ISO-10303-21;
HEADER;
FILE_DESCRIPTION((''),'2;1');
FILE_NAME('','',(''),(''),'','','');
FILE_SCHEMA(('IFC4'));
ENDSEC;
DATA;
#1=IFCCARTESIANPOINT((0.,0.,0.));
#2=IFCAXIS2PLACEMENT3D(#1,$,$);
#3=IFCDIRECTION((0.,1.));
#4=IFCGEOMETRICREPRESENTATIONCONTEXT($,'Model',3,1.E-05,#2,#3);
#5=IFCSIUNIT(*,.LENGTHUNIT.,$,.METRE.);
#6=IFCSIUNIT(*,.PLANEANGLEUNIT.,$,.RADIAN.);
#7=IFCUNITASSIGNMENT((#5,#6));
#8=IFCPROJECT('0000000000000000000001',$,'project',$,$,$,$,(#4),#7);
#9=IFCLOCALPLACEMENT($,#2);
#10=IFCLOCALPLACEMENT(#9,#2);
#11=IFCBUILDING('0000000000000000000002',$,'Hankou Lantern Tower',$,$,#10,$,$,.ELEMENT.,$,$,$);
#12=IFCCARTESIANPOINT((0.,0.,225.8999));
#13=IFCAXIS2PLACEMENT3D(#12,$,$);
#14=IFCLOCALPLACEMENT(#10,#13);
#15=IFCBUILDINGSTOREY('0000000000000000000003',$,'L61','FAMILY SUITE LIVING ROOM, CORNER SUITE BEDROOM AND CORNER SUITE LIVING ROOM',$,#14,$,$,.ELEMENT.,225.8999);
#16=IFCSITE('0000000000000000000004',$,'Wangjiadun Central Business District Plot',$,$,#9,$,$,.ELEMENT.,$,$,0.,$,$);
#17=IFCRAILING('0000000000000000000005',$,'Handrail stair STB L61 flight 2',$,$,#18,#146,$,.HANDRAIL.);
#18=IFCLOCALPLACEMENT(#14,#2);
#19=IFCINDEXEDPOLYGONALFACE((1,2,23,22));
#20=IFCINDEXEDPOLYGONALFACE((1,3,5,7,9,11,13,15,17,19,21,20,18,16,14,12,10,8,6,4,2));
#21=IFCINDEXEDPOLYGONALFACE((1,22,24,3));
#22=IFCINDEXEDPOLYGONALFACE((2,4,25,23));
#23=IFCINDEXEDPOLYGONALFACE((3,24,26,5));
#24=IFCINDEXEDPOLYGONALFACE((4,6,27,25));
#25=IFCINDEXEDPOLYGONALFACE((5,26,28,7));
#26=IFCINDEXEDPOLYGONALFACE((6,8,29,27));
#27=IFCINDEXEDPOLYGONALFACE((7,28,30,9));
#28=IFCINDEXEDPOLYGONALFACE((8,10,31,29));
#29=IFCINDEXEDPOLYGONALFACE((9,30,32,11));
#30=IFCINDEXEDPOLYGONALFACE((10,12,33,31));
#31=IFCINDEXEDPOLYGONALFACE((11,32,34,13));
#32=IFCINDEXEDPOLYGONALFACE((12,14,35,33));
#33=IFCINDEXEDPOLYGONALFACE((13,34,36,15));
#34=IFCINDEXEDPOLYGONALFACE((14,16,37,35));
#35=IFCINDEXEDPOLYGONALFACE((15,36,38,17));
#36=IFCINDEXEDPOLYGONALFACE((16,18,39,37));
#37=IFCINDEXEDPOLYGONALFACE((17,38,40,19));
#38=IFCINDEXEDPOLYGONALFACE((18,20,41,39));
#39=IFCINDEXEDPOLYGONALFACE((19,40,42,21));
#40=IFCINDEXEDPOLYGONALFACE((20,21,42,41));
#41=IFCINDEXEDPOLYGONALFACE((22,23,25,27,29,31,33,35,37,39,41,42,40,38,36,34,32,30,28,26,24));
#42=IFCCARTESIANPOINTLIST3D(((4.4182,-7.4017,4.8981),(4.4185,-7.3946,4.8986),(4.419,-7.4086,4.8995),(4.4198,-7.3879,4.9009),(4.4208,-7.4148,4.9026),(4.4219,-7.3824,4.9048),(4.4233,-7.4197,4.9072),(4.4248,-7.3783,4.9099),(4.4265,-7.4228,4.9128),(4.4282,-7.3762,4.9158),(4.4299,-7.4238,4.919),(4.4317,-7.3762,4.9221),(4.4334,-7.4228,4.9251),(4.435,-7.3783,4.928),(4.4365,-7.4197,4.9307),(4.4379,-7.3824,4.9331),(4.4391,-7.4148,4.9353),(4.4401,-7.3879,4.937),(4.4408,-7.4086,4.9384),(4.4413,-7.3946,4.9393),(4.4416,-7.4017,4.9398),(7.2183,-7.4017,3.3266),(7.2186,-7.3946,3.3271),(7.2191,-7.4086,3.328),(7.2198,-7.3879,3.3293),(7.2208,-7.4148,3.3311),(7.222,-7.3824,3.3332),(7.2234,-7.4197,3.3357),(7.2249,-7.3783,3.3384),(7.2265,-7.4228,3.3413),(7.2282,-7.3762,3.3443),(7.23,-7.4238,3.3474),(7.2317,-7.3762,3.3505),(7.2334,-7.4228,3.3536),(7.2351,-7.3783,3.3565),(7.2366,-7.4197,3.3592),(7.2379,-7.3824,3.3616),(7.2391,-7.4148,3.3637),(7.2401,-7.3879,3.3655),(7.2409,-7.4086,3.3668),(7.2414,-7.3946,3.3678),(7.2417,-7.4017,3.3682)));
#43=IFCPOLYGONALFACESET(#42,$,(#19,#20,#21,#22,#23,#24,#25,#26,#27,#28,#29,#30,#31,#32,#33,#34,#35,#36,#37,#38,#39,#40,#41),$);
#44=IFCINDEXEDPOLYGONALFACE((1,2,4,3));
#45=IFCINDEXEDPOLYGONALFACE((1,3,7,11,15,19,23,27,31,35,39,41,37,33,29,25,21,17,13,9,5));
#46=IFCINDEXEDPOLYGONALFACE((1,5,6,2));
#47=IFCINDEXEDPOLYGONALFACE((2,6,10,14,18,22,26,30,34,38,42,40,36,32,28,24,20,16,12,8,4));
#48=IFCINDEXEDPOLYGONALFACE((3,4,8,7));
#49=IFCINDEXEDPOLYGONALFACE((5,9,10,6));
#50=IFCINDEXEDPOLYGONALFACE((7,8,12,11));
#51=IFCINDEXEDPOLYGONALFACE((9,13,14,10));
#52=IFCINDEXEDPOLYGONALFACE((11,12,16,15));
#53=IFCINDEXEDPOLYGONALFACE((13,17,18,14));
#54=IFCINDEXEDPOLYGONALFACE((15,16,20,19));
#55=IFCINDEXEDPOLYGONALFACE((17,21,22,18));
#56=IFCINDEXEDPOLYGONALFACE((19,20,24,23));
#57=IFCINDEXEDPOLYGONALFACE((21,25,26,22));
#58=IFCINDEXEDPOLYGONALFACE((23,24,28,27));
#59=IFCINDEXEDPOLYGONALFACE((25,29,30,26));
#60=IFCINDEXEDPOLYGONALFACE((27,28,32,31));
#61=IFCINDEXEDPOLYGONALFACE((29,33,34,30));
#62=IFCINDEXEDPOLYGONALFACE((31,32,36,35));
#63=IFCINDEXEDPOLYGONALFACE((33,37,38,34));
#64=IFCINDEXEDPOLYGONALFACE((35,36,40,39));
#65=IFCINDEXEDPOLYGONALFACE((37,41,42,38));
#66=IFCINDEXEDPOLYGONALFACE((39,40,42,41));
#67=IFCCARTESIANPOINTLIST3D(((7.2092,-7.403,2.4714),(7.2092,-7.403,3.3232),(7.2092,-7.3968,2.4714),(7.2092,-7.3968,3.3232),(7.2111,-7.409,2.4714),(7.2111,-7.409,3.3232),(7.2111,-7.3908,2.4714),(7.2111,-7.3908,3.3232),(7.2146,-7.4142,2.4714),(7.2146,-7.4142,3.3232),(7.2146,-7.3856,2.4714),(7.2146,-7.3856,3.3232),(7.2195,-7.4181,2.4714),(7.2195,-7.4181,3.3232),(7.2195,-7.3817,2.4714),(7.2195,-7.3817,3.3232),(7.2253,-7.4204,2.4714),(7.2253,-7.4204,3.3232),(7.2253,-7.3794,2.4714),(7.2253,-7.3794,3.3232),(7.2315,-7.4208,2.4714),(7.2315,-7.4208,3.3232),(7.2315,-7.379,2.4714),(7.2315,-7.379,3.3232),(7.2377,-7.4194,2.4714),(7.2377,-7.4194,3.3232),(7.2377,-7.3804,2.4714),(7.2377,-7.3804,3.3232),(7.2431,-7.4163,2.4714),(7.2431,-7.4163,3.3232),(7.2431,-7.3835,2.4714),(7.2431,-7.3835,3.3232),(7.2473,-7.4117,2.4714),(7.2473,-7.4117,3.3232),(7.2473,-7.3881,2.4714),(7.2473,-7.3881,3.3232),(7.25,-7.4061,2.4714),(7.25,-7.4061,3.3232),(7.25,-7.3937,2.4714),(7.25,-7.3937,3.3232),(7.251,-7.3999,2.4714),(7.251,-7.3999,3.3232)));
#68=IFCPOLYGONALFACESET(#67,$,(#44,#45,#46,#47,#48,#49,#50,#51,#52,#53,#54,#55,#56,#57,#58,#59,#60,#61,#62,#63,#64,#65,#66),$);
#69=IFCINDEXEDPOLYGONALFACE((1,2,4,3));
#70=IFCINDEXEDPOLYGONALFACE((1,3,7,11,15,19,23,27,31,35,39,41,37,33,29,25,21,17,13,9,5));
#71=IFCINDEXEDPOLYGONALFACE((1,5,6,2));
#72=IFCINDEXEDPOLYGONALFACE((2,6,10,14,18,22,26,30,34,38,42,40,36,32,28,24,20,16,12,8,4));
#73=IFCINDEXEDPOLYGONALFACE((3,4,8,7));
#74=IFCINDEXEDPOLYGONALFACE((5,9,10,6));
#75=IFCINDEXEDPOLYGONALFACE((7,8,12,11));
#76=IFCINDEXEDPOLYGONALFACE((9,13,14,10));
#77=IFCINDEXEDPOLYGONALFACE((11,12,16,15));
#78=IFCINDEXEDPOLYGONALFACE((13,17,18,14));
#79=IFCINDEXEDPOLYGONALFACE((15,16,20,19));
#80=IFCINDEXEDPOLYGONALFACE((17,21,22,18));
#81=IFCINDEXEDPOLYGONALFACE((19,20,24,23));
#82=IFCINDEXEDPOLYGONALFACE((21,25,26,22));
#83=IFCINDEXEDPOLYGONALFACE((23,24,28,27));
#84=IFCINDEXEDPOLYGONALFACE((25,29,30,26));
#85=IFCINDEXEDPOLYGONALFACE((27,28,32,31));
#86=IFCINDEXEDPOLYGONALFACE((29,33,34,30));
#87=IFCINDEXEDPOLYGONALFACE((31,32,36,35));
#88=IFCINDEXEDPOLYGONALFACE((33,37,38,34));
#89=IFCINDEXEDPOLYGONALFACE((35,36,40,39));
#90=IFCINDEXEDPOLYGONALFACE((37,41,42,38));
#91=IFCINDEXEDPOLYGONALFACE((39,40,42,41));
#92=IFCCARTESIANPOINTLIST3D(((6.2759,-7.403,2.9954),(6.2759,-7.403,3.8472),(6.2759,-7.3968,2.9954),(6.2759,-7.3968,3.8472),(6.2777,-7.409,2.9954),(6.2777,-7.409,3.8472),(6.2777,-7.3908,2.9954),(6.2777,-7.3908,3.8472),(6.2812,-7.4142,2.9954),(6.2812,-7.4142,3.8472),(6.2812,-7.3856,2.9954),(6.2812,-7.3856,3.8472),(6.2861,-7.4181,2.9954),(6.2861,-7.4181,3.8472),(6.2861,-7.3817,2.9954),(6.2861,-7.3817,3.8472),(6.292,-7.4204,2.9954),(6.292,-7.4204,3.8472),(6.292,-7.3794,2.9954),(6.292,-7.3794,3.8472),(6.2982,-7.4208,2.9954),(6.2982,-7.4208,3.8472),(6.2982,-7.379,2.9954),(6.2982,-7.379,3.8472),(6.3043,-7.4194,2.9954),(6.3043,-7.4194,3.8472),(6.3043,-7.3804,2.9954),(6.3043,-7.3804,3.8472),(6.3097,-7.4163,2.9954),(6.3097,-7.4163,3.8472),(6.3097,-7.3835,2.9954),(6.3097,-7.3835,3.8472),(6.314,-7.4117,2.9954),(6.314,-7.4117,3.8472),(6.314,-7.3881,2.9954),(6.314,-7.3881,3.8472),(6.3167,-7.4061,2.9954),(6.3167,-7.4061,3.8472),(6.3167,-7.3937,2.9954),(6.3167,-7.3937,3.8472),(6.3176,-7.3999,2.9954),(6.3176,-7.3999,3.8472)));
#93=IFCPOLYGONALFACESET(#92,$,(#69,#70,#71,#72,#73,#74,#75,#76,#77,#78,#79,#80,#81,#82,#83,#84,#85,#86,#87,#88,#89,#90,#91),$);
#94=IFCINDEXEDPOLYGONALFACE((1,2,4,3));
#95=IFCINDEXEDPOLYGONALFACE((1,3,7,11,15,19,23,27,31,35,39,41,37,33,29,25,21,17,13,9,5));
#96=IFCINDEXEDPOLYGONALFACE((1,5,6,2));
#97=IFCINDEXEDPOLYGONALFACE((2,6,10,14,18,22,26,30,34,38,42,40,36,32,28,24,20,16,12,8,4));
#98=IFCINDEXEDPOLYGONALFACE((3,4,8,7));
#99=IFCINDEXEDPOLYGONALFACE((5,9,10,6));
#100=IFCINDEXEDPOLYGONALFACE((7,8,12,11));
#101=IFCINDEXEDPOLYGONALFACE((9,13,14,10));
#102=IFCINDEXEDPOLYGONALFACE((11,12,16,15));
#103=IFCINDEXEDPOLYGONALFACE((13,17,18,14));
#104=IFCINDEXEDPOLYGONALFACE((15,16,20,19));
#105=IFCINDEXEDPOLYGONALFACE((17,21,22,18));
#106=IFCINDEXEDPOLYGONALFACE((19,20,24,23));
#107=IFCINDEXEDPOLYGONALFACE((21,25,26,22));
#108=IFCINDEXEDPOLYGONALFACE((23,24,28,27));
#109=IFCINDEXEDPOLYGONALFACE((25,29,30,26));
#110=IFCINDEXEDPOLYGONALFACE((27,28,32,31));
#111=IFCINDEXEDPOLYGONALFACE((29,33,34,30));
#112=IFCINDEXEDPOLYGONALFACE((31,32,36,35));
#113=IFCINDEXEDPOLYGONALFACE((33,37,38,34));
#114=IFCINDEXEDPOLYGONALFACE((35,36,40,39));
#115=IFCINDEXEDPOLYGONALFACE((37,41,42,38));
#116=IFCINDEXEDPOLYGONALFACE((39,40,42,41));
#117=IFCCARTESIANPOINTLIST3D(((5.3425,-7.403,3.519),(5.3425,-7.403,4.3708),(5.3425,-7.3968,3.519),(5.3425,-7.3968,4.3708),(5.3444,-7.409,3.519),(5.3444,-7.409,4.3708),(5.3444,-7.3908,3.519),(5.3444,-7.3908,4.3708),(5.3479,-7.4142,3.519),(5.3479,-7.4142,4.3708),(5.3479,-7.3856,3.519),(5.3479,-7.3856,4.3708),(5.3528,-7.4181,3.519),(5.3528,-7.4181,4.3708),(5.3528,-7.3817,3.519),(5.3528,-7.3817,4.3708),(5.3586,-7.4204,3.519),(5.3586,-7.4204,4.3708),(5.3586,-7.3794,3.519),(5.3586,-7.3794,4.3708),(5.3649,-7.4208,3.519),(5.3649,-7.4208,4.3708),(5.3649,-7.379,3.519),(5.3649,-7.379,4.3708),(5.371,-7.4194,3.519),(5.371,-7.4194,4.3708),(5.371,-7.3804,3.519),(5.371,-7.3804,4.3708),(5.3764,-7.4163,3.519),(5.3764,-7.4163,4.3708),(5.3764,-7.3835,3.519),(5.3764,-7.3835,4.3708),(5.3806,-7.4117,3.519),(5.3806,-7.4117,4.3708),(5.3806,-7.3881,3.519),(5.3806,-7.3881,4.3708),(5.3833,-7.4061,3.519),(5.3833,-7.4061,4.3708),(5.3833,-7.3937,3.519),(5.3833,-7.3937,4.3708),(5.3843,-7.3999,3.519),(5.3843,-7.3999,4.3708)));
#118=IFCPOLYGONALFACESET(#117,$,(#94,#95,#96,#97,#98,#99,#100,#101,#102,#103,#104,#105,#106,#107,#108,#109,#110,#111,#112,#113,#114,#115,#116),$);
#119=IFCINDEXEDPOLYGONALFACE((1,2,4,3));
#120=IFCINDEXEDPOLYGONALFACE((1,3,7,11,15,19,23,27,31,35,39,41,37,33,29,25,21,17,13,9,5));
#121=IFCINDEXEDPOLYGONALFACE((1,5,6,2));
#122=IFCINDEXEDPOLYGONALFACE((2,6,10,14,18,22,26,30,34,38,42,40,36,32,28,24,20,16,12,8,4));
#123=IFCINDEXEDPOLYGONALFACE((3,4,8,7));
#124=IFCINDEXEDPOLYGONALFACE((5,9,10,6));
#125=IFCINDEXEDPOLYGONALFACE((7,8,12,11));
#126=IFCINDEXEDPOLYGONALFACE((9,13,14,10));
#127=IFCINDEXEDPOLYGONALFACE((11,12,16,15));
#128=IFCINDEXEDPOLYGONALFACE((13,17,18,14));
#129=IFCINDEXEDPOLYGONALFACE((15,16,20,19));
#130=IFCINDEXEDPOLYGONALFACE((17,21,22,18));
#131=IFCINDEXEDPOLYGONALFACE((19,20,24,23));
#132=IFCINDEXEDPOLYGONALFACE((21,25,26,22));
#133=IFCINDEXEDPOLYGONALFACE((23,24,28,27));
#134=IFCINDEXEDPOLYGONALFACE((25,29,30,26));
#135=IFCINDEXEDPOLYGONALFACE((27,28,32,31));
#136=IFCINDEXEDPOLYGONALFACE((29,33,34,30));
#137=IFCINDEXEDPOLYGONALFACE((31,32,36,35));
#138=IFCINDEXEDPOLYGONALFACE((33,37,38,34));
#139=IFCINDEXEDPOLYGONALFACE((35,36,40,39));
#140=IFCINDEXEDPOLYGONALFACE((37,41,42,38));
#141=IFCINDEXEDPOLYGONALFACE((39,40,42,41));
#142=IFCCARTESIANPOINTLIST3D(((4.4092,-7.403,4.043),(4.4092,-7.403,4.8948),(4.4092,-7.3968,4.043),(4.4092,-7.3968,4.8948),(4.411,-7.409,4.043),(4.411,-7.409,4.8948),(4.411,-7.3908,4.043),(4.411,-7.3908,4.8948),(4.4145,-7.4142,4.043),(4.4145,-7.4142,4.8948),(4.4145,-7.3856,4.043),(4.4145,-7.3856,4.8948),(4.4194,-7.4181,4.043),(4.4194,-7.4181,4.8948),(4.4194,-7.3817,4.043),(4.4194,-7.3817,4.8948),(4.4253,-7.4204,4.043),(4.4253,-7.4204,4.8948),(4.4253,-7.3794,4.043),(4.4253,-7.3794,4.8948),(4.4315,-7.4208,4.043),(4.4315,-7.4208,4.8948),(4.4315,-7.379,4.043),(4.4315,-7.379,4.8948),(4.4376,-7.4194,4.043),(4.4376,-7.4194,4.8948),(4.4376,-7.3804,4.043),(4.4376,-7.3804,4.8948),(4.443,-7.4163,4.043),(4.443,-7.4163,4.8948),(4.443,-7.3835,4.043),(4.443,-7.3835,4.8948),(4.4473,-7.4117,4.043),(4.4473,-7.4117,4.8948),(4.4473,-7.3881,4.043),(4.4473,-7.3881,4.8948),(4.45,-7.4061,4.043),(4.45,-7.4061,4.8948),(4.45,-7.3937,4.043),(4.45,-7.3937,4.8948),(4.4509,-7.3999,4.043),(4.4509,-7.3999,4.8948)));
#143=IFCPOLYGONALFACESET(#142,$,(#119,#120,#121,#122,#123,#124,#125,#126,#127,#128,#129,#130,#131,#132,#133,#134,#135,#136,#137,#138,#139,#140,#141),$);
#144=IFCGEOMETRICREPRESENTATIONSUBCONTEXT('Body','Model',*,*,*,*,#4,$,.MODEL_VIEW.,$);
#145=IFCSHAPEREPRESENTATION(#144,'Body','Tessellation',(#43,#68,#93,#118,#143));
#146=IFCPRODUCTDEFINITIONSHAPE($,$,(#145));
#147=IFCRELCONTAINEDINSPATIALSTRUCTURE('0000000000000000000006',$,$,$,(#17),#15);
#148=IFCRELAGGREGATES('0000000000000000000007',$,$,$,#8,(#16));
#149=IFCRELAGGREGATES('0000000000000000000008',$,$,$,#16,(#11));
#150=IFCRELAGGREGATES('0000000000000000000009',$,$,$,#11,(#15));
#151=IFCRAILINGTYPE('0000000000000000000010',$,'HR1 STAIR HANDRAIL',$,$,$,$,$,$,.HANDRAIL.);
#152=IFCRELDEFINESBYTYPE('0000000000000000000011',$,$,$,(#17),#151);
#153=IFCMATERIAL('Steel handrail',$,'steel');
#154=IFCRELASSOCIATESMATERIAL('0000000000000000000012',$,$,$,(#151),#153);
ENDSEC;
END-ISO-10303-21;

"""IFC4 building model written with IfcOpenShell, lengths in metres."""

from ifc_helpers import new_model, si_unit, direction, frame, origin, origin_2d, place, context, subcontext, project, spatial, circle, extrude, material, type_object, element, save


model = new_model("IFC4")

# Units and contexts
model_context = context("Model", 3, precision=1e-05, world=origin(), true_north=direction((0.0, 1.0)))
body_context = subcontext(model_context, "Body", "Model", "MODEL_VIEW")
ifc_project = project(units=[si_unit("LENGTHUNIT", "METRE"), si_unit("PLANEANGLEUNIT", "RADIAN")], contexts=[model_context])

# Site, building, storey
site_placement = place(None, origin())
site = spatial("IfcSite", under=ifc_project, at=site_placement, Name="Wangjiadun Central Business District Plot", CompositionType="ELEMENT", RefElevation=0.0)
building_placement = place(site_placement, origin())
building = spatial("IfcBuilding", under=site, at=building_placement, Name="Hankou Lantern Tower", CompositionType="ELEMENT")
storey_placement = place(building_placement, frame((0.0, 0.0, 225.8999)))
storey = spatial("IfcBuildingStorey", under=building, at=storey_placement, Name="L61", Description="FAMILY SUITE LIVING ROOM, CORNER SUITE BEDROOM AND CORNER SUITE LIVING ROOM", CompositionType="ELEMENT", Elevation=225.8999)

# Railing
ifc_material_1 = material(Name="Steel handrail", Category="steel")
railing_type = type_object("IfcRailingType", Name="HR1 STAIR HANDRAIL", PredefinedType="HANDRAIL", material=ifc_material_1)
railing_1_placement = place(storey_placement, frame((7.23, -7.3999, 2.4714)))
element("IfcRailing", 1, at=railing_1_placement, inside=storey, type_object=railing_type, Name="Handrail stair STB L61 flight 2", PredefinedType="HANDRAIL", context=body_context, shape_type="SweptSolid", body=[
    extrude(circle(Radius=0.0239, at=origin_2d()), frame((0.0, 0.0, 0.876), z_axis=(-0.87204, 0.0, 0.489434), x_axis=(0.0, -1.0, 0.0)), (0.0, 0.0, 1.0), 3.2109),
    extrude(circle(Radius=0.021, at=origin_2d()), origin(), (0.0, 0.0, 1.0), 0.8518),
    extrude(circle(Radius=0.021, at=origin_2d()), frame((-0.9333, 0.0, 0.5239)), (0.0, 0.0, 1.0), 0.8518),
    extrude(circle(Radius=0.021, at=origin_2d()), frame((-1.8667, 0.0, 1.0476)), (0.0, 0.0, 1.0), 0.8518),
    extrude(circle(Radius=0.021, at=origin_2d()), frame((-2.8, 0.0, 1.5715)), (0.0, 0.0, 1.0), 0.8518),
])

save(model, "model.ifc")
